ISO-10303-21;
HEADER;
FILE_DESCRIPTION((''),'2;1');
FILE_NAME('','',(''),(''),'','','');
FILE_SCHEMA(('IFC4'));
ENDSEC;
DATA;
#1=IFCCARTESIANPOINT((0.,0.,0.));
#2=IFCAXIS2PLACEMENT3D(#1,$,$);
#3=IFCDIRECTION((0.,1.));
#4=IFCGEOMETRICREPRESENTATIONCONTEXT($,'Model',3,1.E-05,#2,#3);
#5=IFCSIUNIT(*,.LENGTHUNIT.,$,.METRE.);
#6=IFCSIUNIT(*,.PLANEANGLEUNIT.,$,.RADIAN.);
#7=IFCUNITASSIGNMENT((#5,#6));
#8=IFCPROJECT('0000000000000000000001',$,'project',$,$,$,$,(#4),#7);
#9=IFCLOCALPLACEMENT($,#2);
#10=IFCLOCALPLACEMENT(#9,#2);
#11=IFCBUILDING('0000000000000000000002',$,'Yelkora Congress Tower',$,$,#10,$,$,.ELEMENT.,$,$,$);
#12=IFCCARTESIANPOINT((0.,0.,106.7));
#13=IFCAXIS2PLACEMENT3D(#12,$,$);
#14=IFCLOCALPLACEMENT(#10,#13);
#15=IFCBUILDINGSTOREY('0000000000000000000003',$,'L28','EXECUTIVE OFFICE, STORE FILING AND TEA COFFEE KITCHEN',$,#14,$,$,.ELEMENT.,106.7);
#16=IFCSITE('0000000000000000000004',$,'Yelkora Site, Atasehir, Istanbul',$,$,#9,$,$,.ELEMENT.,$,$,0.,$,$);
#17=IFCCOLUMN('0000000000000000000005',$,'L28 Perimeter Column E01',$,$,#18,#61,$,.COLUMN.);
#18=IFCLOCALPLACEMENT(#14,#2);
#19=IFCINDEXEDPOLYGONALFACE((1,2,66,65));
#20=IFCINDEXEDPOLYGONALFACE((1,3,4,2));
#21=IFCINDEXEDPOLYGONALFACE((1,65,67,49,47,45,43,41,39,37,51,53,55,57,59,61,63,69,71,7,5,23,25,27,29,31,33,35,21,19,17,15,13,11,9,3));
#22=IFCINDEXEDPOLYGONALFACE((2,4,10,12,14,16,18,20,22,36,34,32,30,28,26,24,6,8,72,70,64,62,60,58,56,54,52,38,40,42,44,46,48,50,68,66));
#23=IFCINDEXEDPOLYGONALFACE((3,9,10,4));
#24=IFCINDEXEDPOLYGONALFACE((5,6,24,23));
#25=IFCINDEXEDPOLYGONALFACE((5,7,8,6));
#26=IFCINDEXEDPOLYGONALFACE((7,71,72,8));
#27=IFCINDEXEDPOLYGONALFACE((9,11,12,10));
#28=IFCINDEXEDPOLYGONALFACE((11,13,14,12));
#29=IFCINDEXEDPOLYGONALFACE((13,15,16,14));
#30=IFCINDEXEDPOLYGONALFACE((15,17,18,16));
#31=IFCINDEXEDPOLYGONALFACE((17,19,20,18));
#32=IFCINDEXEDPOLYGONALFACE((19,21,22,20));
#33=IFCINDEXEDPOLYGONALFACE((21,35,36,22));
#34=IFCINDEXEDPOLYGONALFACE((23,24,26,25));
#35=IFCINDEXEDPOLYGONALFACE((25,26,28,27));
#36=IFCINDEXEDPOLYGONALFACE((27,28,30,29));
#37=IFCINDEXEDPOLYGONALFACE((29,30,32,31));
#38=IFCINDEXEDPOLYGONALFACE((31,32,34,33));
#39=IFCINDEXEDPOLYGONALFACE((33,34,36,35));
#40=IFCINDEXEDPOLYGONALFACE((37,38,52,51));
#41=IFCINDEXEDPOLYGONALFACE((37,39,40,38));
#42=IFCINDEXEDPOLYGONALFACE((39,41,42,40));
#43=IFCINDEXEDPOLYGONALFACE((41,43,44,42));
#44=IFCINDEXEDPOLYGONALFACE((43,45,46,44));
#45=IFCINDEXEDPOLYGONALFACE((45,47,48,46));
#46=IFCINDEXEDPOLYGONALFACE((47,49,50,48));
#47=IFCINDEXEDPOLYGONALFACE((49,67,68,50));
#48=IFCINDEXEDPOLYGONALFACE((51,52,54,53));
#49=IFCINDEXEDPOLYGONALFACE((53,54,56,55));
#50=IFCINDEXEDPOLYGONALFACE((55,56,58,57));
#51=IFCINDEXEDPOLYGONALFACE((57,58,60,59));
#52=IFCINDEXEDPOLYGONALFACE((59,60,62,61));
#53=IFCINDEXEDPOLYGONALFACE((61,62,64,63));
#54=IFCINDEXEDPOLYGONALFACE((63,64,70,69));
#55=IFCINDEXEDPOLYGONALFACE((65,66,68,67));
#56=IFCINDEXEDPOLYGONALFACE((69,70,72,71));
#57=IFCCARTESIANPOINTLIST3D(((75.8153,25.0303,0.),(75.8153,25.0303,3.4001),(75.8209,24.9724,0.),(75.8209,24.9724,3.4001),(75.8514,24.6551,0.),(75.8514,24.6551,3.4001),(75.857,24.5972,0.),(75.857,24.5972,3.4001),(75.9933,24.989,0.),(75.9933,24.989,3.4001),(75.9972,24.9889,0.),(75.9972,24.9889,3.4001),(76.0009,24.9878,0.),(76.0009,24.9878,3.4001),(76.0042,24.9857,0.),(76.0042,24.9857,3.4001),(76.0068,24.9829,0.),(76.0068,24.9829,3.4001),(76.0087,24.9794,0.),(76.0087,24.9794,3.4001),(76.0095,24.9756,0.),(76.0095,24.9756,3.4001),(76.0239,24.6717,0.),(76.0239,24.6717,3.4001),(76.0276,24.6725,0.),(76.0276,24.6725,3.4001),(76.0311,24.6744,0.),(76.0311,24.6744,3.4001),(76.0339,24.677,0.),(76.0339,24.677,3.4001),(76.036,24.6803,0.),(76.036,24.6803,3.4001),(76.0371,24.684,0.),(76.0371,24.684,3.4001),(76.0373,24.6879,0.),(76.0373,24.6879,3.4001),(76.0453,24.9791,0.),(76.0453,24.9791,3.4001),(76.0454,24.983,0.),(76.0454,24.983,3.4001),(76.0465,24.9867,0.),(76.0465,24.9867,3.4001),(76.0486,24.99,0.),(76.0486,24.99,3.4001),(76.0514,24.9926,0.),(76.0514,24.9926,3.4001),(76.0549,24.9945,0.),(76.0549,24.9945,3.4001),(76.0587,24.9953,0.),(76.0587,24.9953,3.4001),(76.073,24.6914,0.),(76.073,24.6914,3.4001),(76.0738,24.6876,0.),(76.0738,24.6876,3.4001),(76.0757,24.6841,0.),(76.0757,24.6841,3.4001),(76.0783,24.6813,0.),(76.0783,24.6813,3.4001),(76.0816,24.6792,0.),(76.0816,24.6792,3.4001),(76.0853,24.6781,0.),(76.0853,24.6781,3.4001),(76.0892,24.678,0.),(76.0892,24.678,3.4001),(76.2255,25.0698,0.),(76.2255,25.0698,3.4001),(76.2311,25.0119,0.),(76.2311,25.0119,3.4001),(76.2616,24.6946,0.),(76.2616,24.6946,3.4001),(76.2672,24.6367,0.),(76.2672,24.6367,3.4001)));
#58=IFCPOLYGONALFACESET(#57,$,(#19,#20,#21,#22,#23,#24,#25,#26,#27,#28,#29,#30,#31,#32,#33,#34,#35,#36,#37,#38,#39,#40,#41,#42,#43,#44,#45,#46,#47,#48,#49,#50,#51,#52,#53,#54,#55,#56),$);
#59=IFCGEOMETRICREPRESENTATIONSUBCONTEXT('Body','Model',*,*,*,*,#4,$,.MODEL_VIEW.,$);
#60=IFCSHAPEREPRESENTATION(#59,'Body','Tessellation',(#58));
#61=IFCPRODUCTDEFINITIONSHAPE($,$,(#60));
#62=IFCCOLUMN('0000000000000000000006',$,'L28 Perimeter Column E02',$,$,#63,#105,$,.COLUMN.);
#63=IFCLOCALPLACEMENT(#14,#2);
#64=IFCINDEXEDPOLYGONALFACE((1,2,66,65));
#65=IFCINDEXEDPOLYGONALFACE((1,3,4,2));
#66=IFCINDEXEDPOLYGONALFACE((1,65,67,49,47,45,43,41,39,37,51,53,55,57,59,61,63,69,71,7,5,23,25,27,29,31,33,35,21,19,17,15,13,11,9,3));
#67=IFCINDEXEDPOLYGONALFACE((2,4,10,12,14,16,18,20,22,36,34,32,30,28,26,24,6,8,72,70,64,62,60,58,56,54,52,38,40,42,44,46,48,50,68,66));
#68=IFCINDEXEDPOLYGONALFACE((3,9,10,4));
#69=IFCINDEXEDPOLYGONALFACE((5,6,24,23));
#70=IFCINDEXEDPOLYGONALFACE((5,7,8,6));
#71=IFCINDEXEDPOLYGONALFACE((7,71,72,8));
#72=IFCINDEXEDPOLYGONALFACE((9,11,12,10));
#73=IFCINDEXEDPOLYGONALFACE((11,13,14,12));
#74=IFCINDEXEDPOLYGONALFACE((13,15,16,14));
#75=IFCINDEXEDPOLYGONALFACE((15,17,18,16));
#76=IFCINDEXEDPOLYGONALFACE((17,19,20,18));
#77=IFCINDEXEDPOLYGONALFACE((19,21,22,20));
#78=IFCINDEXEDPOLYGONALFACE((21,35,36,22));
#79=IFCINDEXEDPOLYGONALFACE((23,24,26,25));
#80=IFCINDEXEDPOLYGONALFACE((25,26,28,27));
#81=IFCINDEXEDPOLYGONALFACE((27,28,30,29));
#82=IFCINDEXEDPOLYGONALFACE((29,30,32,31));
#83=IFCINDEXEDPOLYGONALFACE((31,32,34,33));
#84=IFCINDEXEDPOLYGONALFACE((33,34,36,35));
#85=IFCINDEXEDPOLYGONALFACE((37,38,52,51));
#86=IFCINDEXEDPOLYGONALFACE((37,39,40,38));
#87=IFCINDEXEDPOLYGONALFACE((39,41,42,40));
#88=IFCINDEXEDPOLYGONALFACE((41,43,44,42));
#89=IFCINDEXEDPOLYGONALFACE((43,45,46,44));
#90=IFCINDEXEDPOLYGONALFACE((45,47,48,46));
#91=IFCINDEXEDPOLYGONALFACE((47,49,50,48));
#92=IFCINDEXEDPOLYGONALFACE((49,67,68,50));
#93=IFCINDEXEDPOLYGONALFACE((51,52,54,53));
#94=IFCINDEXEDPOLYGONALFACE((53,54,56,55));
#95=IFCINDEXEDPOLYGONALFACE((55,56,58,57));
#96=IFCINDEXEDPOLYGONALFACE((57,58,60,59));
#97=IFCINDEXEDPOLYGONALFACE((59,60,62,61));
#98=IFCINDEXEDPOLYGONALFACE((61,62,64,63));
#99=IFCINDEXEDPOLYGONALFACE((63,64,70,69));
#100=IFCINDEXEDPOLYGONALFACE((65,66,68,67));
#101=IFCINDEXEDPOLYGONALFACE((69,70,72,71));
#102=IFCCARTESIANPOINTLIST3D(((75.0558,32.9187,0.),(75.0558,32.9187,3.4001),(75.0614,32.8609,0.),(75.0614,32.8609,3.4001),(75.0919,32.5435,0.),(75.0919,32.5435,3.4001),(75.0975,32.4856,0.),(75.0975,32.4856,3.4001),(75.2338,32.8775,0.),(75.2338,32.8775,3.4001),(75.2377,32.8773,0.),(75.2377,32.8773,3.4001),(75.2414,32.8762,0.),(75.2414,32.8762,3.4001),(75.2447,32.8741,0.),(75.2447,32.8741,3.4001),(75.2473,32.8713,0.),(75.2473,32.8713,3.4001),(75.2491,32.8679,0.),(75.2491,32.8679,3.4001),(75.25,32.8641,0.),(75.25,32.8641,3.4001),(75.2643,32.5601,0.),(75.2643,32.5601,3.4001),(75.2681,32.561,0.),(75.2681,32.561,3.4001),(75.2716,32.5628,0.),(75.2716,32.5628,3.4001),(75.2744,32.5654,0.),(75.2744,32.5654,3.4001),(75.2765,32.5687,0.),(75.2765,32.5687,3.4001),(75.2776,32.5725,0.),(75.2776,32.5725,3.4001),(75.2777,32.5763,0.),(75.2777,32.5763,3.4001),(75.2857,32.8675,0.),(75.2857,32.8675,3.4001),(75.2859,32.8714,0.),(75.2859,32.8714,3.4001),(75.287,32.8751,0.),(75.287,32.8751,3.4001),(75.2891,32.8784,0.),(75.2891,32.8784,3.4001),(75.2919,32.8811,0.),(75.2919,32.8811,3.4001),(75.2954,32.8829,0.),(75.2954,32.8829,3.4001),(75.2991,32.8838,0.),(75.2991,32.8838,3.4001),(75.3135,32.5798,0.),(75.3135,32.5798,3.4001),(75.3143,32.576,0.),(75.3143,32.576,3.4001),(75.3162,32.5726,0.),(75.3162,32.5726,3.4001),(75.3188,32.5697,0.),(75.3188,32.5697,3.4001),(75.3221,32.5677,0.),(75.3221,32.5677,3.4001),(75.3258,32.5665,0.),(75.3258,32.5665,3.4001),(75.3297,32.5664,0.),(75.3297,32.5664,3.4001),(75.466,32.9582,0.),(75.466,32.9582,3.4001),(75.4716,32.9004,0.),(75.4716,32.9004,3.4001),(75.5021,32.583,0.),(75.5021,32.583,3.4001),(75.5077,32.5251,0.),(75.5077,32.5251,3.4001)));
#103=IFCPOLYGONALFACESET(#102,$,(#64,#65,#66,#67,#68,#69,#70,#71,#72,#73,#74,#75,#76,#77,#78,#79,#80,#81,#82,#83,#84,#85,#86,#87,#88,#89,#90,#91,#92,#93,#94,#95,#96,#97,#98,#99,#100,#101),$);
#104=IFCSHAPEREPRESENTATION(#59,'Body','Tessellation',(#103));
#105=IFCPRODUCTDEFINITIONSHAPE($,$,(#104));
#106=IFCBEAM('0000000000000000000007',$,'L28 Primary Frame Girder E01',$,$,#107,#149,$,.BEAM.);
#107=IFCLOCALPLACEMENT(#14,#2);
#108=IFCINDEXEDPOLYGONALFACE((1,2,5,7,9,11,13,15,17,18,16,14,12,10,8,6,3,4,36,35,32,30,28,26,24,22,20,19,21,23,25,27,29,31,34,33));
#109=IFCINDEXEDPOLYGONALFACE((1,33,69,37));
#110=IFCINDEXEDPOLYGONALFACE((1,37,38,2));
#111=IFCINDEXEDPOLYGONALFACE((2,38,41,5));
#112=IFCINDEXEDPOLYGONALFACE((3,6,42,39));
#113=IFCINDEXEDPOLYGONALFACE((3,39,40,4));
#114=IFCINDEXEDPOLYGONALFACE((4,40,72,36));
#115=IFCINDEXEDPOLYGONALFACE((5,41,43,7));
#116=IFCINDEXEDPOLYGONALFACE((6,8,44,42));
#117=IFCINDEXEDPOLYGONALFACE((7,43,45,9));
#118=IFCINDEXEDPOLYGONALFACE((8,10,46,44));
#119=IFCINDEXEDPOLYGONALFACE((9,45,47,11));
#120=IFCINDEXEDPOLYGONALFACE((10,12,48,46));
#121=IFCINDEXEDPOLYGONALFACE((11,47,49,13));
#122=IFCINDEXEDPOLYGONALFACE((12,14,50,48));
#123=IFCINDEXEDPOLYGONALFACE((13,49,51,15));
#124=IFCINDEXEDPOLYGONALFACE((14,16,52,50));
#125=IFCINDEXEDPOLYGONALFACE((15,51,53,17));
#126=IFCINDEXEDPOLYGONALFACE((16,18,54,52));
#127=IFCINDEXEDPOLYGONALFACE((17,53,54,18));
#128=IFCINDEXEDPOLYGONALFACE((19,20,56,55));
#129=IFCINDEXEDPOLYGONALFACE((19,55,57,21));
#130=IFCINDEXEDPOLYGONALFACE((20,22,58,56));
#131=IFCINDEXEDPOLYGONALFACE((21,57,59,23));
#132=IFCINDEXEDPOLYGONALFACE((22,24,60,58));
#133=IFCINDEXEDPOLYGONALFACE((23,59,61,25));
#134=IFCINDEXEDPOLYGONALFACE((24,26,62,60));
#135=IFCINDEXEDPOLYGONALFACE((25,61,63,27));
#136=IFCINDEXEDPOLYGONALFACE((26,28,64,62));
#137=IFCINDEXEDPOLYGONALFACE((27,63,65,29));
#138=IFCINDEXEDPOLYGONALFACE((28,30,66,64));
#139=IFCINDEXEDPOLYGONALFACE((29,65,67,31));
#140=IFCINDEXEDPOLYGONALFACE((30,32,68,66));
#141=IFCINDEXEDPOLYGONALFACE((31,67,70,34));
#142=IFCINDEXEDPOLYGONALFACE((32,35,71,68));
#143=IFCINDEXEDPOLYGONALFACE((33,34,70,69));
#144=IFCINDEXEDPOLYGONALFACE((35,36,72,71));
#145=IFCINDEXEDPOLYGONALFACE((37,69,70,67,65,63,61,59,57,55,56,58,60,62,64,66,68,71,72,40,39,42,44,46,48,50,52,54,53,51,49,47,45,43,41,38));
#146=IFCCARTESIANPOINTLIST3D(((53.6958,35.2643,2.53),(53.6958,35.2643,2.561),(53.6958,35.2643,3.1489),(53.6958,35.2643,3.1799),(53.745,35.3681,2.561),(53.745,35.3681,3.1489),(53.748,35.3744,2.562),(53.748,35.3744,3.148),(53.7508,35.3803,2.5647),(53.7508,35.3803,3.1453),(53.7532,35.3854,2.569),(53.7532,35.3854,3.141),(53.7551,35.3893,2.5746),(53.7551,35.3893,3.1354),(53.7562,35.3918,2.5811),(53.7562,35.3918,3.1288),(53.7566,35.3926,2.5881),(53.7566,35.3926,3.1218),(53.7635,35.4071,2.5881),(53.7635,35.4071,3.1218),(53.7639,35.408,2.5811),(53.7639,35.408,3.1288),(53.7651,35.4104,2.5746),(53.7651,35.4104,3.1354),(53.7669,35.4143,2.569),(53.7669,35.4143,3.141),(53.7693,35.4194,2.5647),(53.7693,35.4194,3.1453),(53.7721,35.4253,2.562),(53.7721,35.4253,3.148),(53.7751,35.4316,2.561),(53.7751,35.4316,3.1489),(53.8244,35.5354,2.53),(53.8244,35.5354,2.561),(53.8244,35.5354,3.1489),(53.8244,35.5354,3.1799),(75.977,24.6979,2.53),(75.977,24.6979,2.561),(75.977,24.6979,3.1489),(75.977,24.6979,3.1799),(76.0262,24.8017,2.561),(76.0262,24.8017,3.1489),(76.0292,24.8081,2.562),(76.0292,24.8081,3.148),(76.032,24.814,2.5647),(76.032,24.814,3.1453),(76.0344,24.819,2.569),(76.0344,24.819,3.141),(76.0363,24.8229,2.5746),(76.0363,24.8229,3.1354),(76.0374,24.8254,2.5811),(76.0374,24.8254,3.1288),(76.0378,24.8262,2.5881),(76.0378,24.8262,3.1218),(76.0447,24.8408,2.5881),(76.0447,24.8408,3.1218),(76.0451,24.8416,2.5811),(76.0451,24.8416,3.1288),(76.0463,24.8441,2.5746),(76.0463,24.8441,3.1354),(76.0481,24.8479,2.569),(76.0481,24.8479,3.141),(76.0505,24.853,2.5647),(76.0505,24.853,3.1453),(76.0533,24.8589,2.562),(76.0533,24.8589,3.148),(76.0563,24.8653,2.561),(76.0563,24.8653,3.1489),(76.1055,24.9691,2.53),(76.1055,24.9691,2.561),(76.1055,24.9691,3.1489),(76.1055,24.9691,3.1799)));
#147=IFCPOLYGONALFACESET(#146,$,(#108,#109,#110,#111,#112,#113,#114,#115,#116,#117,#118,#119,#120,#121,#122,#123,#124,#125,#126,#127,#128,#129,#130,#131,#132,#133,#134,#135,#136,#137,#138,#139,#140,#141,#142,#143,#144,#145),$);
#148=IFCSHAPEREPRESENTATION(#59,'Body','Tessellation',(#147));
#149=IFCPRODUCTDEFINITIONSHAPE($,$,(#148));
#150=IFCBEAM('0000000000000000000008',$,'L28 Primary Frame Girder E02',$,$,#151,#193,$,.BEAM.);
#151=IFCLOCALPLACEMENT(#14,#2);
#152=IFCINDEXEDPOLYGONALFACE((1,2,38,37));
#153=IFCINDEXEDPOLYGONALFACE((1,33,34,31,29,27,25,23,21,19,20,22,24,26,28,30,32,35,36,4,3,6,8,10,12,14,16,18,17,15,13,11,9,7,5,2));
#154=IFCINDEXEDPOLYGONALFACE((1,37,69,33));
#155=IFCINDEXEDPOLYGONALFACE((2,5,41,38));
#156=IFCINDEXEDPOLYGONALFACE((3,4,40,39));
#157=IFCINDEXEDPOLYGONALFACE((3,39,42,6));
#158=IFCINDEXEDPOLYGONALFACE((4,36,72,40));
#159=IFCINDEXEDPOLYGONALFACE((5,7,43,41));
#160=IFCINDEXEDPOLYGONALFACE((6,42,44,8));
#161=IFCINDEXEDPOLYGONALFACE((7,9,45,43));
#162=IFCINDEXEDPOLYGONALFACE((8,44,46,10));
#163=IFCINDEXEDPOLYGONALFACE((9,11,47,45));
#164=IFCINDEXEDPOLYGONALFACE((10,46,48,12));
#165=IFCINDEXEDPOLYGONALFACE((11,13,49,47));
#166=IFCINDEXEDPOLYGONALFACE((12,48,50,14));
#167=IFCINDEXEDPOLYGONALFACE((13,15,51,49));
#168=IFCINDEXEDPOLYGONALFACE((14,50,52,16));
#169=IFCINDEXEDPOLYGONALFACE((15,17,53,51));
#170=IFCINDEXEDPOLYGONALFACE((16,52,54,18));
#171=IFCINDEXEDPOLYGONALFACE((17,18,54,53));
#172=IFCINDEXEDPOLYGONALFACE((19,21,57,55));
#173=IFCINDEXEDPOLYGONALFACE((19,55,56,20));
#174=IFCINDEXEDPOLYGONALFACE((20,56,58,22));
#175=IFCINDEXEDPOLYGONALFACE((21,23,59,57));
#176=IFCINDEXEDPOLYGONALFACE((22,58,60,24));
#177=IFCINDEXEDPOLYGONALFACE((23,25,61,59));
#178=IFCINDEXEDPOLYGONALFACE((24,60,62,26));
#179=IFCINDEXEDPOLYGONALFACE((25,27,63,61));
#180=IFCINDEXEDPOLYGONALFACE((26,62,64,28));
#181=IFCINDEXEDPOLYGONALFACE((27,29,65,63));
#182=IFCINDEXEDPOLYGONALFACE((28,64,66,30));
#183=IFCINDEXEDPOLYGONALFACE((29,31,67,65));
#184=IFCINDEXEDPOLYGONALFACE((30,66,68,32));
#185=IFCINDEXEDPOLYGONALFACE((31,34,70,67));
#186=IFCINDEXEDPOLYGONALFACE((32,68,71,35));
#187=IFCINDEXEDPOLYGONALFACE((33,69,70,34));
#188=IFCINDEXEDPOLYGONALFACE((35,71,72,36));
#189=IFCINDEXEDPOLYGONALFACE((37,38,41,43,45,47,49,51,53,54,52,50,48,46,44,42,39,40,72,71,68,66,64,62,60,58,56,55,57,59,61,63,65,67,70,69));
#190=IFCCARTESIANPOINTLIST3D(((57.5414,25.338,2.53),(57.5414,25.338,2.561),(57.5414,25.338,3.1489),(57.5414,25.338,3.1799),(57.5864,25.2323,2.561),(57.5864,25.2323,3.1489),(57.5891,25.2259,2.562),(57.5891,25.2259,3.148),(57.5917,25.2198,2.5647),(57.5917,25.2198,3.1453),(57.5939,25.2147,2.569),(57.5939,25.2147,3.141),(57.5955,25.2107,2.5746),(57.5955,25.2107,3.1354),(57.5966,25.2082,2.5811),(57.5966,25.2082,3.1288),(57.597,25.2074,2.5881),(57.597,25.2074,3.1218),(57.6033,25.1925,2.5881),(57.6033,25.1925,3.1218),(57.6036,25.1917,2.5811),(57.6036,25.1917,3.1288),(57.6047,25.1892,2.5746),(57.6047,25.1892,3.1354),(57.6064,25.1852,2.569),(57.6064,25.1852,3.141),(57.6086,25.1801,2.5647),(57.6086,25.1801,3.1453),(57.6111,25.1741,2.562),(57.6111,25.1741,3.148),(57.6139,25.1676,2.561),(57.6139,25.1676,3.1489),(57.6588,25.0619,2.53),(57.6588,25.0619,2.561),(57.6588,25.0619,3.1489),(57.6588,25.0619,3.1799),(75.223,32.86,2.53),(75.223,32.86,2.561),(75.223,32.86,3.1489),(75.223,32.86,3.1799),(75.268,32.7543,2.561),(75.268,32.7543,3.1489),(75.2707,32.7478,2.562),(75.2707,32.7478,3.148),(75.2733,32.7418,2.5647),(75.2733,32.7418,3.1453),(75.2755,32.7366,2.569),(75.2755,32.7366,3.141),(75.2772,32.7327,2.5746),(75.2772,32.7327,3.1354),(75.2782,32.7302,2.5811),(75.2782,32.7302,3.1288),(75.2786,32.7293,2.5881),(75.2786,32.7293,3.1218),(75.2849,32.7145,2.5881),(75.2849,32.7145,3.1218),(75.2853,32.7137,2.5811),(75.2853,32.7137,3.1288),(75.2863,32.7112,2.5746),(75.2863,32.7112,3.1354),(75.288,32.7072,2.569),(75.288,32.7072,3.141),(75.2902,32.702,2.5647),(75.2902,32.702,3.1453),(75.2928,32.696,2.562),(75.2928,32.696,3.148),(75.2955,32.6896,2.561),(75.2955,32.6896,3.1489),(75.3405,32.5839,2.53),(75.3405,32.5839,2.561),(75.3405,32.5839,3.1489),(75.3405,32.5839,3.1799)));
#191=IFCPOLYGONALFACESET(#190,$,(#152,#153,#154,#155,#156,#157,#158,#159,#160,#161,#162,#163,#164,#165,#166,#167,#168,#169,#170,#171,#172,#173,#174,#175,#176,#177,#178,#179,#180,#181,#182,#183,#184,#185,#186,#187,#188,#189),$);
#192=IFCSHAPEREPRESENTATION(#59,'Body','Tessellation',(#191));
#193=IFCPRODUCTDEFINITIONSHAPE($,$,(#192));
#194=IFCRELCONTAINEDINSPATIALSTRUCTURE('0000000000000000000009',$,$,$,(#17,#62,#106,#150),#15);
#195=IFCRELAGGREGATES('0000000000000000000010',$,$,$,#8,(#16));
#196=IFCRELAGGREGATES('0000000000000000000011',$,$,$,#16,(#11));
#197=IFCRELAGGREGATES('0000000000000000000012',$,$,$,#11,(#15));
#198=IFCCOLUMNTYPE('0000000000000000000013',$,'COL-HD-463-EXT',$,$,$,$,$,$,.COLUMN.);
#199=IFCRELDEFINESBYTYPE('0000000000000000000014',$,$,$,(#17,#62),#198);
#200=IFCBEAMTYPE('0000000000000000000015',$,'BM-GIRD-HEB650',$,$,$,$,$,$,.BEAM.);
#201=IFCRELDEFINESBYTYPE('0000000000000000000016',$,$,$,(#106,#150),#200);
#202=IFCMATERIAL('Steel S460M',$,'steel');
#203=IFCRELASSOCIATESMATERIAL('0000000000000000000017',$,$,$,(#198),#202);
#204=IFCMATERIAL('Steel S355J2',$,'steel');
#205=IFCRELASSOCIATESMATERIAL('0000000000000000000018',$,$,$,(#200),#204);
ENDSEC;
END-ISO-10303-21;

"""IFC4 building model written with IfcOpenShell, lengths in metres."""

from ifc_helpers import new_model, si_unit, direction, frame, origin, origin_2d, place, context, subcontext, project, spatial, i_section, extrude, material, material_profile, profile_set, type_object, element, save


model = new_model("IFC4")

# Units and contexts
model_context = context("Model", 3, precision=1e-05, world=origin(), true_north=direction((0.0, 1.0)))
body_context = subcontext(model_context, "Body", "Model", "MODEL_VIEW")
ifc_project = project(units=[si_unit("LENGTHUNIT", "METRE"), si_unit("PLANEANGLEUNIT", "RADIAN")], contexts=[model_context])

# Site, building, storey
site_placement = place(None, origin())
site = spatial("IfcSite", under=ifc_project, at=site_placement, Name="Yelkora Site, Atasehir, Istanbul", CompositionType="ELEMENT", RefElevation=0.0)
building_placement = place(site_placement, origin())
building = spatial("IfcBuilding", under=site, at=building_placement, Name="Yelkora Congress Tower", CompositionType="ELEMENT")
storey_placement = place(building_placement, frame((0.0, 0.0, 106.7)))
storey = spatial("IfcBuildingStorey", under=building, at=storey_placement, Name="L28", Description="EXECUTIVE OFFICE, STORE FILING AND TEA COFFEE KITCHEN", CompositionType="ELEMENT", Elevation=106.7)

# Columns
ifc_material_1 = material(Name="Steel S460M", Category="steel")
ifc_material_profile_1 = material_profile(ifc_material_1, i_section(OverallWidth=0.4121, OverallDepth=0.4351, WebThickness=0.0359, FlangeThickness=0.0581, FilletRadius=0.0149, at=origin_2d()), Name="HD 400x463")
ifc_profile_set_1 = profile_set([ifc_material_profile_1], Name="Steel S460M")
column_type = type_object("IfcColumnType", Name="COL-HD-463-EXT", PredefinedType="COLUMN", material=ifc_profile_set_1)
for number, where, z_axis, x_axis, name in (
    (1, (76.0413, 24.8335, 0.0), (0.0, 0.0, 1.0), (0.995396, 0.095846, 0.0), "L28 Perimeter Column E01"),
    (2, (75.2817, 32.7219, 0.0), (0.0, 0.0, 1.0), (0.995396, 0.095846, 0.0), "L28 Perimeter Column E02"),
):
    element("IfcColumn", number, at=place(storey_placement, frame(where, z_axis=z_axis, x_axis=x_axis)), inside=storey, type_object=column_type, Name=name, PredefinedType="COLUMN", context=body_context, shape_type="SweptSolid", body=[
        extrude(i_section(OverallWidth=0.4121, OverallDepth=0.4351, WebThickness=0.0359, FlangeThickness=0.0581, FilletRadius=0.0149, at=origin_2d()), origin(), (0.0, 0.0, 1.0), 3.4001),
    ])

# Beams
ifc_material_2 = material(Name="Steel S355J2", Category="steel")
ifc_material_profile_2 = material_profile(ifc_material_2, i_section(OverallWidth=0.3, OverallDepth=0.6499, WebThickness=0.0161, FlangeThickness=0.031, FilletRadius=0.0271, at=origin_2d()), Name="HEB 650")
ifc_profile_set_2 = profile_set([ifc_material_profile_2], Name="Steel S355J2")
beam_type_1 = type_object("IfcBeamType", Name="BM-GIRD-HEB650", PredefinedType="BEAM", material=ifc_profile_set_2)
beam_1_placement = place(storey_placement, frame((76.0413, 24.8335, 2.855), z_axis=(-0.903547, 0.428488, 0.0), x_axis=(-0.428488, -0.903547, 0.0)))
element("IfcBeam", 3, at=beam_1_placement, inside=storey, type_object=beam_type_1, Name="L28 Primary Frame Girder E01", PredefinedType="BEAM", context=body_context, shape_type="SweptSolid", body=[
    extrude(i_section(OverallWidth=0.3, OverallDepth=0.6499, WebThickness=0.0161, FlangeThickness=0.031, FilletRadius=0.0271, at=origin_2d()), origin(), (0.0, 0.0, 1.0), 24.6597),
])
beam_2_placement = place(storey_placement, frame((75.2817, 32.7219, 2.855), z_axis=(-0.920195, -0.391461, 0.0), x_axis=(0.391461, -0.920195, 0.0)))
element("IfcBeam", 4, at=beam_2_placement, inside=storey, type_object=beam_type_1, Name="L28 Primary Frame Girder E02", PredefinedType="BEAM", context=body_context, shape_type="SweptSolid", body=[
    extrude(i_section(OverallWidth=0.3, OverallDepth=0.6499, WebThickness=0.0161, FlangeThickness=0.031, FilletRadius=0.0271, at=origin_2d()), origin(), (0.0, 0.0, 1.0), 19.2151),
])

save(model, "model.ifc")
